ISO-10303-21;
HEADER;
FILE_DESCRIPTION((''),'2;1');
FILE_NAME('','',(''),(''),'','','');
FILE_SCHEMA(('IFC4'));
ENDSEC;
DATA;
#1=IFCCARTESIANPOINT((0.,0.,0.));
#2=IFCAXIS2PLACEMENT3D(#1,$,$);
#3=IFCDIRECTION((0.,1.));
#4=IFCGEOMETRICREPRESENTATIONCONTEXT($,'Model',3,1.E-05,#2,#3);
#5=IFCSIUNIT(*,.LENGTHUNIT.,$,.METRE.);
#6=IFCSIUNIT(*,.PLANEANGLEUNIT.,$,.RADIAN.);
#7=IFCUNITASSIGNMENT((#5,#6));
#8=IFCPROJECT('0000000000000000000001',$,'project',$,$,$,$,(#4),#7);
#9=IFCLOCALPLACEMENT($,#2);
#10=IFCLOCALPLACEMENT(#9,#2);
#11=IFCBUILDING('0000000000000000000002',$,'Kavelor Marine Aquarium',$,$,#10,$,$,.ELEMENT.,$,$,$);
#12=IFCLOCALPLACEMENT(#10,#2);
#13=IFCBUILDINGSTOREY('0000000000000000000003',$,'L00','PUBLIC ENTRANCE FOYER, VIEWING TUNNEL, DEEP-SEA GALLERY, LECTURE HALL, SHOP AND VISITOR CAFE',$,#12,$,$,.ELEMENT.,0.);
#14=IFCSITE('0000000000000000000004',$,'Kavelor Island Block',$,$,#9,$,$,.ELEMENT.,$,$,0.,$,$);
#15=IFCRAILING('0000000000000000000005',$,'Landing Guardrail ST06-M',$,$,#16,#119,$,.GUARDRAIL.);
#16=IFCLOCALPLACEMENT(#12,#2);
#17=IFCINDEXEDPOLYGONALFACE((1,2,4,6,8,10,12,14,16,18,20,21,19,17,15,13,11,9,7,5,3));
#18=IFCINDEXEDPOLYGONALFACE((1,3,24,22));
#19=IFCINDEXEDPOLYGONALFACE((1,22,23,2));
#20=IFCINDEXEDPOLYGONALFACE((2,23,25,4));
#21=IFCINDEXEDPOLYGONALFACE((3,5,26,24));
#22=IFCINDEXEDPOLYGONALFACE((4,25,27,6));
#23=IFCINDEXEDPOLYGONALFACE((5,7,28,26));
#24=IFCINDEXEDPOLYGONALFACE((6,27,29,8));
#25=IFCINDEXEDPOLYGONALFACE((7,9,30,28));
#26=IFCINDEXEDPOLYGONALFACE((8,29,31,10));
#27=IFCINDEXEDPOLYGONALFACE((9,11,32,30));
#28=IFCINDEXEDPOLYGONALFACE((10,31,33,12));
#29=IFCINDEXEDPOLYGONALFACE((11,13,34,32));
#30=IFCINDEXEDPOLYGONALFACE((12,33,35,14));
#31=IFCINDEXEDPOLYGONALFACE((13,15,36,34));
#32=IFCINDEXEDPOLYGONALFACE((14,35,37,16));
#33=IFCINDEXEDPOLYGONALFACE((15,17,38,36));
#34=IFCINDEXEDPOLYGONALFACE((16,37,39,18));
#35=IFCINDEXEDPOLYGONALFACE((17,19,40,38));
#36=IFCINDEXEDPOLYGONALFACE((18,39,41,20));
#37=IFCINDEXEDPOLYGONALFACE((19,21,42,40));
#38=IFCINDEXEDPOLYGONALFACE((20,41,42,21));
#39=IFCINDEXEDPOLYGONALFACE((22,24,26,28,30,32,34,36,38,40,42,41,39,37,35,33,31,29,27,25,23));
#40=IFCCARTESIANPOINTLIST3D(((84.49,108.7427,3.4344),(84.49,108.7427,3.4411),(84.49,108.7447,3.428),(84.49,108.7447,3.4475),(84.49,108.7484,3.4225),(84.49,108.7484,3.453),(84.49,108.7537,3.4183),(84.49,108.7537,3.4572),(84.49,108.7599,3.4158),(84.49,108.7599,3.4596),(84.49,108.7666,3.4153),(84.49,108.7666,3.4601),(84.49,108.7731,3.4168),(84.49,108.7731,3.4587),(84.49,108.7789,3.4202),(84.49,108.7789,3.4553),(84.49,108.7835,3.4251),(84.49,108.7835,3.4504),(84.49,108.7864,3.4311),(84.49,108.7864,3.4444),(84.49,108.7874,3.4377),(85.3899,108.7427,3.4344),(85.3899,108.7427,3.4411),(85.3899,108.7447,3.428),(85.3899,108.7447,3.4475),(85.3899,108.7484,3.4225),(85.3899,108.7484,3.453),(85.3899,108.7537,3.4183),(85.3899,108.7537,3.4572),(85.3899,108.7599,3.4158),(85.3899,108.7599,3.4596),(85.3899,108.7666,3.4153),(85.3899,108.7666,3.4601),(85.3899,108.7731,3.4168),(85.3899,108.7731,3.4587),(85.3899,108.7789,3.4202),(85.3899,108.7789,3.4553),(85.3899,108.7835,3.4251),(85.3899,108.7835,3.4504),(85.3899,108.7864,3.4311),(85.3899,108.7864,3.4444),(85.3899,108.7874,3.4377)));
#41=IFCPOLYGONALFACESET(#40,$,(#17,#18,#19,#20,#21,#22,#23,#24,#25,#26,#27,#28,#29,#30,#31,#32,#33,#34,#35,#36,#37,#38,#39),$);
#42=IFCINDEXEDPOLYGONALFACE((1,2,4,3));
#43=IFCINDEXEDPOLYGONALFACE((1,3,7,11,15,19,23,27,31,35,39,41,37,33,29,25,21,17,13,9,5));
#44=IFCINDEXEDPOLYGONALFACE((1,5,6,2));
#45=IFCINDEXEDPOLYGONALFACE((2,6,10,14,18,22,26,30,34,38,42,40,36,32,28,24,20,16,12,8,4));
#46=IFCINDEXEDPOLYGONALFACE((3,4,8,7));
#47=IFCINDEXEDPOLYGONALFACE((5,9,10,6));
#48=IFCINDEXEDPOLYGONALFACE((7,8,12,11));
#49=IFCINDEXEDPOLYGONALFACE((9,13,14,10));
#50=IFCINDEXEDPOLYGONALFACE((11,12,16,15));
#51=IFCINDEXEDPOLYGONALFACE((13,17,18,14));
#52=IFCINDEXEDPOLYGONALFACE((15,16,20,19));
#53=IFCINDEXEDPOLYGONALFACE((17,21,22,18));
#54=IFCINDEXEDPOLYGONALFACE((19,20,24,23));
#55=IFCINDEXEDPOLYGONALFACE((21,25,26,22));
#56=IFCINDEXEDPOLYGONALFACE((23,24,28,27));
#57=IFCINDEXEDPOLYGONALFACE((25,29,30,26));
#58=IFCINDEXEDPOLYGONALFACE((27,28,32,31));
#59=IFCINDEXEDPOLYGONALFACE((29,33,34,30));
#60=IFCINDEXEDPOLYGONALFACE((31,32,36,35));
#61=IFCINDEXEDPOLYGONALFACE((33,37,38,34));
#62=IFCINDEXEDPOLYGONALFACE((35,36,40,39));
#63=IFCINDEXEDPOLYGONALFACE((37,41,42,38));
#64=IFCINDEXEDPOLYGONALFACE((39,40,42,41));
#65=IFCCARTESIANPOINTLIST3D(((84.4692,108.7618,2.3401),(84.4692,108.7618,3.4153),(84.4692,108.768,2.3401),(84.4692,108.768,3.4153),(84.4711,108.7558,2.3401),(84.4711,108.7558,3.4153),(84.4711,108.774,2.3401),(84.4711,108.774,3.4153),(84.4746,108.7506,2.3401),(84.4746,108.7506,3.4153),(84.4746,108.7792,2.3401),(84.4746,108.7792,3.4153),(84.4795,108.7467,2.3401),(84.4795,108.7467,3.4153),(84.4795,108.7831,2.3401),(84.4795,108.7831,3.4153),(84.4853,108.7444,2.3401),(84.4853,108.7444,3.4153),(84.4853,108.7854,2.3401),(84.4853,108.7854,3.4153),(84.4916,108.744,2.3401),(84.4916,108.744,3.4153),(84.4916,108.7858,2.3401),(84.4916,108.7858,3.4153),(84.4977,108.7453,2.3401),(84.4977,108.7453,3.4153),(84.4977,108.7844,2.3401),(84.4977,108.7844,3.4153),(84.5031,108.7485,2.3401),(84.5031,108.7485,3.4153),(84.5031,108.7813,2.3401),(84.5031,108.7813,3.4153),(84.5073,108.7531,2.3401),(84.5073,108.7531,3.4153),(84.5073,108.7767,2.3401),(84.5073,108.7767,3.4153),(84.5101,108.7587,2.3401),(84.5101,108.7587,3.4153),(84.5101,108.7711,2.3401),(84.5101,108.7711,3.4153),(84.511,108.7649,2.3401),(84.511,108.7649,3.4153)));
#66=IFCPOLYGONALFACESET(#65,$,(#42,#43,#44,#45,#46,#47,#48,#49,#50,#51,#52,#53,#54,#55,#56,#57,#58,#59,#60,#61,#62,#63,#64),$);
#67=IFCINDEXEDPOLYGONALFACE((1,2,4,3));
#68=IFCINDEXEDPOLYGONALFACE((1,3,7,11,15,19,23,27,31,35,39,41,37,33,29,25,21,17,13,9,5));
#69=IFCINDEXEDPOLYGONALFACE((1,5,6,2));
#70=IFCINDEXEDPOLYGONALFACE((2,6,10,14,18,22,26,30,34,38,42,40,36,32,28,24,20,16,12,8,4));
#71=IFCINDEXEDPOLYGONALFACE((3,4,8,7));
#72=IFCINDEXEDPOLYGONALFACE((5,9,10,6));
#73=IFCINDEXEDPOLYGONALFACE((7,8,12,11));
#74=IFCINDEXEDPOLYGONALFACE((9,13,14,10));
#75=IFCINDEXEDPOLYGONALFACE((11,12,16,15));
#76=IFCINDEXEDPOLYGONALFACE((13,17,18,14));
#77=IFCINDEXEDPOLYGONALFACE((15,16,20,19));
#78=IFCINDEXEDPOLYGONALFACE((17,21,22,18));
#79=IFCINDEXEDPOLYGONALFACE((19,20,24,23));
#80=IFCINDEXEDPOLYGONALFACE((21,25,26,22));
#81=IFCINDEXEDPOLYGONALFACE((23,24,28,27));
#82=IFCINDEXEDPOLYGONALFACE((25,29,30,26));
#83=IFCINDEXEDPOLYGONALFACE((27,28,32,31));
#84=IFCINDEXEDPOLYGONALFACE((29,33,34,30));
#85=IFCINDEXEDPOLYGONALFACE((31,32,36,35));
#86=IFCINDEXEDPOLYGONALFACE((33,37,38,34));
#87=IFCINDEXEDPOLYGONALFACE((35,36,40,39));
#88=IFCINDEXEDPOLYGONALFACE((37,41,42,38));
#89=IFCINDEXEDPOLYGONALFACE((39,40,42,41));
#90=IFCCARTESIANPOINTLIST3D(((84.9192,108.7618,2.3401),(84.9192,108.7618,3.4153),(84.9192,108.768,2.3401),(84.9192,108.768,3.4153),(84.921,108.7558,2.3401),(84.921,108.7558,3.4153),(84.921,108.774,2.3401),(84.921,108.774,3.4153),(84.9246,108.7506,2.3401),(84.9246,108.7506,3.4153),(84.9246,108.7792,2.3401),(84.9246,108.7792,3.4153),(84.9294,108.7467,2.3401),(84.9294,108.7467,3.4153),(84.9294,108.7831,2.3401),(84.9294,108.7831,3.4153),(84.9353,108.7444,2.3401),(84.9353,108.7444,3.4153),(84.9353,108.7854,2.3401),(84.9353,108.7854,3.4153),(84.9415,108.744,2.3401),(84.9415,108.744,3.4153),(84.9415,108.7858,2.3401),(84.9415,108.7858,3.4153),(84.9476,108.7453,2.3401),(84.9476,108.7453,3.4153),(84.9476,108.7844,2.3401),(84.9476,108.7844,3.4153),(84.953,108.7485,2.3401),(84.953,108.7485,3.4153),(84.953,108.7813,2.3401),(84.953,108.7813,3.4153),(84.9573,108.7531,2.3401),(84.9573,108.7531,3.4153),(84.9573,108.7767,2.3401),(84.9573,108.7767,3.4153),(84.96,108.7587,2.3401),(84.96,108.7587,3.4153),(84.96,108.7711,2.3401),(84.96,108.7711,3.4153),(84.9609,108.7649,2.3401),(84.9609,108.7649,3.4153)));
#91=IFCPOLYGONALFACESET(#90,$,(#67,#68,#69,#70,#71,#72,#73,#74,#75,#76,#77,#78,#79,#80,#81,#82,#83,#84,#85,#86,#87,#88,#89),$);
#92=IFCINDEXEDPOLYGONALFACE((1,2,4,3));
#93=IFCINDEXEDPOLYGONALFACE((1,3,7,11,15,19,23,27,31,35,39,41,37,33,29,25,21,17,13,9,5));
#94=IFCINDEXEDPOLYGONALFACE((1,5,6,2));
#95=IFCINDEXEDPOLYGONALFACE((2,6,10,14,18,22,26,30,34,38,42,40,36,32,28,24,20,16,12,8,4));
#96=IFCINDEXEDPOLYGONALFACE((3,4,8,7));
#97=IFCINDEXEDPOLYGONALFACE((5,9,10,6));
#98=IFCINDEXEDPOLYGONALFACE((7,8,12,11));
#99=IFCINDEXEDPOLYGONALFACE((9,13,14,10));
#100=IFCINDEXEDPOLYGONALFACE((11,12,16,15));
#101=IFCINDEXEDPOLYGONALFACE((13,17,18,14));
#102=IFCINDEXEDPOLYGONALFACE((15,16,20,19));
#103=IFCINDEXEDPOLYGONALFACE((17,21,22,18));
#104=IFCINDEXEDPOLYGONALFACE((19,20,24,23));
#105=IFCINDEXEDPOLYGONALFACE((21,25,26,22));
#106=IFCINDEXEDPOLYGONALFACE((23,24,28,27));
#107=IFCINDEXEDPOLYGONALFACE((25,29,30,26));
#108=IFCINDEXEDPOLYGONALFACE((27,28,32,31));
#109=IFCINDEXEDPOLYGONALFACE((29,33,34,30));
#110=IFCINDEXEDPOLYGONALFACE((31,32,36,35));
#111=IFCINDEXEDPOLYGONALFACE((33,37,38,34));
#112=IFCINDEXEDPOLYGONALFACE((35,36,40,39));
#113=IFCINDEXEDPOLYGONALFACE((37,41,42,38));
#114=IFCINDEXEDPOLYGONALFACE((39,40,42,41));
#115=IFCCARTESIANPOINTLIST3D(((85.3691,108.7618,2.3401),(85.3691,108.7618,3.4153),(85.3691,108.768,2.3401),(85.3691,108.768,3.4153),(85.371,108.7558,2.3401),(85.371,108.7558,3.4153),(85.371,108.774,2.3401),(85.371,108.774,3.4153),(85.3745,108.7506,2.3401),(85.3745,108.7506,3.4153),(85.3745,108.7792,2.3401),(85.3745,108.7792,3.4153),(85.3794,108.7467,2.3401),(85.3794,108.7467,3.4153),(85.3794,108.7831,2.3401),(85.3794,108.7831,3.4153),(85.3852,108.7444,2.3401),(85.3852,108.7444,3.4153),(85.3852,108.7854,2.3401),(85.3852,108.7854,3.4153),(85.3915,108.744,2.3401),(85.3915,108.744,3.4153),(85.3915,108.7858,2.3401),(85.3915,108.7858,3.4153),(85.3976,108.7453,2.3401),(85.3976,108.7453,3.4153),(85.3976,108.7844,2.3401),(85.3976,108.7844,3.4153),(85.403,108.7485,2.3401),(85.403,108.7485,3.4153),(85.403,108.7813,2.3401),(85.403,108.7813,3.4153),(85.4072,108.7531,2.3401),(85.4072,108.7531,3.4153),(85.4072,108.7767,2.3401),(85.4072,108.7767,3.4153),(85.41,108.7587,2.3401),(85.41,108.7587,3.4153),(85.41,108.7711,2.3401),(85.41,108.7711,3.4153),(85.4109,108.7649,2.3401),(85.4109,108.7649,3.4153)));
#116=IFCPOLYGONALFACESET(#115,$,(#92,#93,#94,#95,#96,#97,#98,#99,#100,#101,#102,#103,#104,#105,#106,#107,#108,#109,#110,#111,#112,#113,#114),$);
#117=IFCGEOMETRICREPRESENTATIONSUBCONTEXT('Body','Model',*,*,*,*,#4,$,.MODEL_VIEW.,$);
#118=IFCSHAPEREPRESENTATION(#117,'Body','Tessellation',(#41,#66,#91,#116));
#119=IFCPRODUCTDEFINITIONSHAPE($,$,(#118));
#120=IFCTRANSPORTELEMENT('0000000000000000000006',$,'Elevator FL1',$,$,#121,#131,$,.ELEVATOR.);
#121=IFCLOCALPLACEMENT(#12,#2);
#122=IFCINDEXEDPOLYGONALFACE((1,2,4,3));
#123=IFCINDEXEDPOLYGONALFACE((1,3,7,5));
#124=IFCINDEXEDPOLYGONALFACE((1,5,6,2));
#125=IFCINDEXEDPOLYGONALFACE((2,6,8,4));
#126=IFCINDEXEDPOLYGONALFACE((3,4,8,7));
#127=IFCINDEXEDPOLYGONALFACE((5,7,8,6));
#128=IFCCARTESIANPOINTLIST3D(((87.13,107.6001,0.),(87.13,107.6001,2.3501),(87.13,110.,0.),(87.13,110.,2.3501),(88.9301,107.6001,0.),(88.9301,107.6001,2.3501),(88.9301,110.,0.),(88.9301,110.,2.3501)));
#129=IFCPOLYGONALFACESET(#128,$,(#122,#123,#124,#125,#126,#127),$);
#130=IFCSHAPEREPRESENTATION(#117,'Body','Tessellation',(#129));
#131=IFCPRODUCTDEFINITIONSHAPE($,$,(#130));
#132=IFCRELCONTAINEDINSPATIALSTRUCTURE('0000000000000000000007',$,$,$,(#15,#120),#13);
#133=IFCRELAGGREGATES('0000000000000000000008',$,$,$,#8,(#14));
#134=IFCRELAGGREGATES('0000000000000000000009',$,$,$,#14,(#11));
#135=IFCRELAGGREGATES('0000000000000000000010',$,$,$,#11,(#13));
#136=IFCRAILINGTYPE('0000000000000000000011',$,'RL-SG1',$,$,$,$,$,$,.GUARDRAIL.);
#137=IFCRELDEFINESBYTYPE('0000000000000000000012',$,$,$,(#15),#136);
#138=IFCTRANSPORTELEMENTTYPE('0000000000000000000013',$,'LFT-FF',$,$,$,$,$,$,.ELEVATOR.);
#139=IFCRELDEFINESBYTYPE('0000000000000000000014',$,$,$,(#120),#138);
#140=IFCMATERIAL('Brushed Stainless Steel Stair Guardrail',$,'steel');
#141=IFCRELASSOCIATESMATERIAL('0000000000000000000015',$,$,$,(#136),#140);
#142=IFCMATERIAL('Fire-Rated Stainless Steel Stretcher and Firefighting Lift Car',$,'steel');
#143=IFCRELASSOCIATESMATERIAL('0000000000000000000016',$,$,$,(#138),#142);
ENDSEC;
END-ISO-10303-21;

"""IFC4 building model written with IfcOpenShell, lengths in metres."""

from ifc_helpers import new_model, si_unit, direction, frame, origin, origin_2d, place, context, subcontext, project, spatial, rectangle, circle, extrude, material, type_object, element, save


model = new_model("IFC4")

# Units and contexts
model_context = context("Model", 3, precision=1e-05, world=origin(), true_north=direction((0.0, 1.0)))
body_context = subcontext(model_context, "Body", "Model", "MODEL_VIEW")
ifc_project = project(units=[si_unit("LENGTHUNIT", "METRE"), si_unit("PLANEANGLEUNIT", "RADIAN")], contexts=[model_context])

# Site, building, storey
site_placement = place(None, origin())
site = spatial("IfcSite", under=ifc_project, at=site_placement, Name="Kavelor Island Block", CompositionType="ELEMENT", RefElevation=0.0)
building_placement = place(site_placement, origin())
building = spatial("IfcBuilding", under=site, at=building_placement, Name="Kavelor Marine Aquarium", CompositionType="ELEMENT")
storey_placement = place(building_placement, origin())
storey = spatial("IfcBuildingStorey", under=building, at=storey_placement, Name="L00", Description="PUBLIC ENTRANCE FOYER, VIEWING TUNNEL, DEEP-SEA GALLERY, LECTURE HALL, SHOP AND VISITOR CAFE", CompositionType="ELEMENT", Elevation=0.0)

# Railing
ifc_material_1 = material(Name="Brushed Stainless Steel Stair Guardrail", Category="steel")
railing_type_1 = type_object("IfcRailingType", Name="RL-SG1", PredefinedType="GUARDRAIL", material=ifc_material_1)
railing_1_placement = place(storey_placement, frame((84.49, 108.7649, 2.3401)))
element("IfcRailing", 1, at=railing_1_placement, inside=storey, type_object=railing_type_1, Name="Landing Guardrail ST06-M", PredefinedType="GUARDRAIL", context=body_context, shape_type="SweptSolid", body=[
    extrude(circle(Radius=0.0225, at=origin_2d()), frame((0.0, 0.0, 1.0977), z_axis=(1.0, 0.0, 0.0), x_axis=(0.0, 1.0, 0.0)), (0.0, 0.0, 1.0), 0.8999),
    extrude(circle(Radius=0.021, at=origin_2d()), origin(), (0.0, 0.0, 1.0), 1.0752),
    extrude(circle(Radius=0.021, at=origin_2d()), frame((0.45, 0.0, 0.0)), (0.0, 0.0, 1.0), 1.0752),
    extrude(circle(Radius=0.021, at=origin_2d()), frame((0.8999, 0.0, 0.0)), (0.0, 0.0, 1.0), 1.0752),
])

# Transport element
ifc_material_2 = material(Name="Fire-Rated Stainless Steel Stretcher and Firefighting Lift Car", Category="steel")
transport_element_type = type_object("IfcTransportElementType", Name="LFT-FF", PredefinedType="ELEVATOR", material=ifc_material_2)
transport_element_placement = place(storey_placement, frame((88.03, 108.8, 0.0), z_axis=(0.0, 0.0, 1.0), x_axis=(1.0, 0.0, 0.0)))
element("IfcTransportElement", 2, at=transport_element_placement, inside=storey, type_object=transport_element_type, Name="Elevator FL1", PredefinedType="ELEVATOR", context=body_context, shape_type="SweptSolid", body=[
    extrude(rectangle(XDim=1.8, YDim=2.3999, at=origin_2d()), origin(), (0.0, 0.0, 1.0), 2.3501),
])

save(model, "model.ifc")
